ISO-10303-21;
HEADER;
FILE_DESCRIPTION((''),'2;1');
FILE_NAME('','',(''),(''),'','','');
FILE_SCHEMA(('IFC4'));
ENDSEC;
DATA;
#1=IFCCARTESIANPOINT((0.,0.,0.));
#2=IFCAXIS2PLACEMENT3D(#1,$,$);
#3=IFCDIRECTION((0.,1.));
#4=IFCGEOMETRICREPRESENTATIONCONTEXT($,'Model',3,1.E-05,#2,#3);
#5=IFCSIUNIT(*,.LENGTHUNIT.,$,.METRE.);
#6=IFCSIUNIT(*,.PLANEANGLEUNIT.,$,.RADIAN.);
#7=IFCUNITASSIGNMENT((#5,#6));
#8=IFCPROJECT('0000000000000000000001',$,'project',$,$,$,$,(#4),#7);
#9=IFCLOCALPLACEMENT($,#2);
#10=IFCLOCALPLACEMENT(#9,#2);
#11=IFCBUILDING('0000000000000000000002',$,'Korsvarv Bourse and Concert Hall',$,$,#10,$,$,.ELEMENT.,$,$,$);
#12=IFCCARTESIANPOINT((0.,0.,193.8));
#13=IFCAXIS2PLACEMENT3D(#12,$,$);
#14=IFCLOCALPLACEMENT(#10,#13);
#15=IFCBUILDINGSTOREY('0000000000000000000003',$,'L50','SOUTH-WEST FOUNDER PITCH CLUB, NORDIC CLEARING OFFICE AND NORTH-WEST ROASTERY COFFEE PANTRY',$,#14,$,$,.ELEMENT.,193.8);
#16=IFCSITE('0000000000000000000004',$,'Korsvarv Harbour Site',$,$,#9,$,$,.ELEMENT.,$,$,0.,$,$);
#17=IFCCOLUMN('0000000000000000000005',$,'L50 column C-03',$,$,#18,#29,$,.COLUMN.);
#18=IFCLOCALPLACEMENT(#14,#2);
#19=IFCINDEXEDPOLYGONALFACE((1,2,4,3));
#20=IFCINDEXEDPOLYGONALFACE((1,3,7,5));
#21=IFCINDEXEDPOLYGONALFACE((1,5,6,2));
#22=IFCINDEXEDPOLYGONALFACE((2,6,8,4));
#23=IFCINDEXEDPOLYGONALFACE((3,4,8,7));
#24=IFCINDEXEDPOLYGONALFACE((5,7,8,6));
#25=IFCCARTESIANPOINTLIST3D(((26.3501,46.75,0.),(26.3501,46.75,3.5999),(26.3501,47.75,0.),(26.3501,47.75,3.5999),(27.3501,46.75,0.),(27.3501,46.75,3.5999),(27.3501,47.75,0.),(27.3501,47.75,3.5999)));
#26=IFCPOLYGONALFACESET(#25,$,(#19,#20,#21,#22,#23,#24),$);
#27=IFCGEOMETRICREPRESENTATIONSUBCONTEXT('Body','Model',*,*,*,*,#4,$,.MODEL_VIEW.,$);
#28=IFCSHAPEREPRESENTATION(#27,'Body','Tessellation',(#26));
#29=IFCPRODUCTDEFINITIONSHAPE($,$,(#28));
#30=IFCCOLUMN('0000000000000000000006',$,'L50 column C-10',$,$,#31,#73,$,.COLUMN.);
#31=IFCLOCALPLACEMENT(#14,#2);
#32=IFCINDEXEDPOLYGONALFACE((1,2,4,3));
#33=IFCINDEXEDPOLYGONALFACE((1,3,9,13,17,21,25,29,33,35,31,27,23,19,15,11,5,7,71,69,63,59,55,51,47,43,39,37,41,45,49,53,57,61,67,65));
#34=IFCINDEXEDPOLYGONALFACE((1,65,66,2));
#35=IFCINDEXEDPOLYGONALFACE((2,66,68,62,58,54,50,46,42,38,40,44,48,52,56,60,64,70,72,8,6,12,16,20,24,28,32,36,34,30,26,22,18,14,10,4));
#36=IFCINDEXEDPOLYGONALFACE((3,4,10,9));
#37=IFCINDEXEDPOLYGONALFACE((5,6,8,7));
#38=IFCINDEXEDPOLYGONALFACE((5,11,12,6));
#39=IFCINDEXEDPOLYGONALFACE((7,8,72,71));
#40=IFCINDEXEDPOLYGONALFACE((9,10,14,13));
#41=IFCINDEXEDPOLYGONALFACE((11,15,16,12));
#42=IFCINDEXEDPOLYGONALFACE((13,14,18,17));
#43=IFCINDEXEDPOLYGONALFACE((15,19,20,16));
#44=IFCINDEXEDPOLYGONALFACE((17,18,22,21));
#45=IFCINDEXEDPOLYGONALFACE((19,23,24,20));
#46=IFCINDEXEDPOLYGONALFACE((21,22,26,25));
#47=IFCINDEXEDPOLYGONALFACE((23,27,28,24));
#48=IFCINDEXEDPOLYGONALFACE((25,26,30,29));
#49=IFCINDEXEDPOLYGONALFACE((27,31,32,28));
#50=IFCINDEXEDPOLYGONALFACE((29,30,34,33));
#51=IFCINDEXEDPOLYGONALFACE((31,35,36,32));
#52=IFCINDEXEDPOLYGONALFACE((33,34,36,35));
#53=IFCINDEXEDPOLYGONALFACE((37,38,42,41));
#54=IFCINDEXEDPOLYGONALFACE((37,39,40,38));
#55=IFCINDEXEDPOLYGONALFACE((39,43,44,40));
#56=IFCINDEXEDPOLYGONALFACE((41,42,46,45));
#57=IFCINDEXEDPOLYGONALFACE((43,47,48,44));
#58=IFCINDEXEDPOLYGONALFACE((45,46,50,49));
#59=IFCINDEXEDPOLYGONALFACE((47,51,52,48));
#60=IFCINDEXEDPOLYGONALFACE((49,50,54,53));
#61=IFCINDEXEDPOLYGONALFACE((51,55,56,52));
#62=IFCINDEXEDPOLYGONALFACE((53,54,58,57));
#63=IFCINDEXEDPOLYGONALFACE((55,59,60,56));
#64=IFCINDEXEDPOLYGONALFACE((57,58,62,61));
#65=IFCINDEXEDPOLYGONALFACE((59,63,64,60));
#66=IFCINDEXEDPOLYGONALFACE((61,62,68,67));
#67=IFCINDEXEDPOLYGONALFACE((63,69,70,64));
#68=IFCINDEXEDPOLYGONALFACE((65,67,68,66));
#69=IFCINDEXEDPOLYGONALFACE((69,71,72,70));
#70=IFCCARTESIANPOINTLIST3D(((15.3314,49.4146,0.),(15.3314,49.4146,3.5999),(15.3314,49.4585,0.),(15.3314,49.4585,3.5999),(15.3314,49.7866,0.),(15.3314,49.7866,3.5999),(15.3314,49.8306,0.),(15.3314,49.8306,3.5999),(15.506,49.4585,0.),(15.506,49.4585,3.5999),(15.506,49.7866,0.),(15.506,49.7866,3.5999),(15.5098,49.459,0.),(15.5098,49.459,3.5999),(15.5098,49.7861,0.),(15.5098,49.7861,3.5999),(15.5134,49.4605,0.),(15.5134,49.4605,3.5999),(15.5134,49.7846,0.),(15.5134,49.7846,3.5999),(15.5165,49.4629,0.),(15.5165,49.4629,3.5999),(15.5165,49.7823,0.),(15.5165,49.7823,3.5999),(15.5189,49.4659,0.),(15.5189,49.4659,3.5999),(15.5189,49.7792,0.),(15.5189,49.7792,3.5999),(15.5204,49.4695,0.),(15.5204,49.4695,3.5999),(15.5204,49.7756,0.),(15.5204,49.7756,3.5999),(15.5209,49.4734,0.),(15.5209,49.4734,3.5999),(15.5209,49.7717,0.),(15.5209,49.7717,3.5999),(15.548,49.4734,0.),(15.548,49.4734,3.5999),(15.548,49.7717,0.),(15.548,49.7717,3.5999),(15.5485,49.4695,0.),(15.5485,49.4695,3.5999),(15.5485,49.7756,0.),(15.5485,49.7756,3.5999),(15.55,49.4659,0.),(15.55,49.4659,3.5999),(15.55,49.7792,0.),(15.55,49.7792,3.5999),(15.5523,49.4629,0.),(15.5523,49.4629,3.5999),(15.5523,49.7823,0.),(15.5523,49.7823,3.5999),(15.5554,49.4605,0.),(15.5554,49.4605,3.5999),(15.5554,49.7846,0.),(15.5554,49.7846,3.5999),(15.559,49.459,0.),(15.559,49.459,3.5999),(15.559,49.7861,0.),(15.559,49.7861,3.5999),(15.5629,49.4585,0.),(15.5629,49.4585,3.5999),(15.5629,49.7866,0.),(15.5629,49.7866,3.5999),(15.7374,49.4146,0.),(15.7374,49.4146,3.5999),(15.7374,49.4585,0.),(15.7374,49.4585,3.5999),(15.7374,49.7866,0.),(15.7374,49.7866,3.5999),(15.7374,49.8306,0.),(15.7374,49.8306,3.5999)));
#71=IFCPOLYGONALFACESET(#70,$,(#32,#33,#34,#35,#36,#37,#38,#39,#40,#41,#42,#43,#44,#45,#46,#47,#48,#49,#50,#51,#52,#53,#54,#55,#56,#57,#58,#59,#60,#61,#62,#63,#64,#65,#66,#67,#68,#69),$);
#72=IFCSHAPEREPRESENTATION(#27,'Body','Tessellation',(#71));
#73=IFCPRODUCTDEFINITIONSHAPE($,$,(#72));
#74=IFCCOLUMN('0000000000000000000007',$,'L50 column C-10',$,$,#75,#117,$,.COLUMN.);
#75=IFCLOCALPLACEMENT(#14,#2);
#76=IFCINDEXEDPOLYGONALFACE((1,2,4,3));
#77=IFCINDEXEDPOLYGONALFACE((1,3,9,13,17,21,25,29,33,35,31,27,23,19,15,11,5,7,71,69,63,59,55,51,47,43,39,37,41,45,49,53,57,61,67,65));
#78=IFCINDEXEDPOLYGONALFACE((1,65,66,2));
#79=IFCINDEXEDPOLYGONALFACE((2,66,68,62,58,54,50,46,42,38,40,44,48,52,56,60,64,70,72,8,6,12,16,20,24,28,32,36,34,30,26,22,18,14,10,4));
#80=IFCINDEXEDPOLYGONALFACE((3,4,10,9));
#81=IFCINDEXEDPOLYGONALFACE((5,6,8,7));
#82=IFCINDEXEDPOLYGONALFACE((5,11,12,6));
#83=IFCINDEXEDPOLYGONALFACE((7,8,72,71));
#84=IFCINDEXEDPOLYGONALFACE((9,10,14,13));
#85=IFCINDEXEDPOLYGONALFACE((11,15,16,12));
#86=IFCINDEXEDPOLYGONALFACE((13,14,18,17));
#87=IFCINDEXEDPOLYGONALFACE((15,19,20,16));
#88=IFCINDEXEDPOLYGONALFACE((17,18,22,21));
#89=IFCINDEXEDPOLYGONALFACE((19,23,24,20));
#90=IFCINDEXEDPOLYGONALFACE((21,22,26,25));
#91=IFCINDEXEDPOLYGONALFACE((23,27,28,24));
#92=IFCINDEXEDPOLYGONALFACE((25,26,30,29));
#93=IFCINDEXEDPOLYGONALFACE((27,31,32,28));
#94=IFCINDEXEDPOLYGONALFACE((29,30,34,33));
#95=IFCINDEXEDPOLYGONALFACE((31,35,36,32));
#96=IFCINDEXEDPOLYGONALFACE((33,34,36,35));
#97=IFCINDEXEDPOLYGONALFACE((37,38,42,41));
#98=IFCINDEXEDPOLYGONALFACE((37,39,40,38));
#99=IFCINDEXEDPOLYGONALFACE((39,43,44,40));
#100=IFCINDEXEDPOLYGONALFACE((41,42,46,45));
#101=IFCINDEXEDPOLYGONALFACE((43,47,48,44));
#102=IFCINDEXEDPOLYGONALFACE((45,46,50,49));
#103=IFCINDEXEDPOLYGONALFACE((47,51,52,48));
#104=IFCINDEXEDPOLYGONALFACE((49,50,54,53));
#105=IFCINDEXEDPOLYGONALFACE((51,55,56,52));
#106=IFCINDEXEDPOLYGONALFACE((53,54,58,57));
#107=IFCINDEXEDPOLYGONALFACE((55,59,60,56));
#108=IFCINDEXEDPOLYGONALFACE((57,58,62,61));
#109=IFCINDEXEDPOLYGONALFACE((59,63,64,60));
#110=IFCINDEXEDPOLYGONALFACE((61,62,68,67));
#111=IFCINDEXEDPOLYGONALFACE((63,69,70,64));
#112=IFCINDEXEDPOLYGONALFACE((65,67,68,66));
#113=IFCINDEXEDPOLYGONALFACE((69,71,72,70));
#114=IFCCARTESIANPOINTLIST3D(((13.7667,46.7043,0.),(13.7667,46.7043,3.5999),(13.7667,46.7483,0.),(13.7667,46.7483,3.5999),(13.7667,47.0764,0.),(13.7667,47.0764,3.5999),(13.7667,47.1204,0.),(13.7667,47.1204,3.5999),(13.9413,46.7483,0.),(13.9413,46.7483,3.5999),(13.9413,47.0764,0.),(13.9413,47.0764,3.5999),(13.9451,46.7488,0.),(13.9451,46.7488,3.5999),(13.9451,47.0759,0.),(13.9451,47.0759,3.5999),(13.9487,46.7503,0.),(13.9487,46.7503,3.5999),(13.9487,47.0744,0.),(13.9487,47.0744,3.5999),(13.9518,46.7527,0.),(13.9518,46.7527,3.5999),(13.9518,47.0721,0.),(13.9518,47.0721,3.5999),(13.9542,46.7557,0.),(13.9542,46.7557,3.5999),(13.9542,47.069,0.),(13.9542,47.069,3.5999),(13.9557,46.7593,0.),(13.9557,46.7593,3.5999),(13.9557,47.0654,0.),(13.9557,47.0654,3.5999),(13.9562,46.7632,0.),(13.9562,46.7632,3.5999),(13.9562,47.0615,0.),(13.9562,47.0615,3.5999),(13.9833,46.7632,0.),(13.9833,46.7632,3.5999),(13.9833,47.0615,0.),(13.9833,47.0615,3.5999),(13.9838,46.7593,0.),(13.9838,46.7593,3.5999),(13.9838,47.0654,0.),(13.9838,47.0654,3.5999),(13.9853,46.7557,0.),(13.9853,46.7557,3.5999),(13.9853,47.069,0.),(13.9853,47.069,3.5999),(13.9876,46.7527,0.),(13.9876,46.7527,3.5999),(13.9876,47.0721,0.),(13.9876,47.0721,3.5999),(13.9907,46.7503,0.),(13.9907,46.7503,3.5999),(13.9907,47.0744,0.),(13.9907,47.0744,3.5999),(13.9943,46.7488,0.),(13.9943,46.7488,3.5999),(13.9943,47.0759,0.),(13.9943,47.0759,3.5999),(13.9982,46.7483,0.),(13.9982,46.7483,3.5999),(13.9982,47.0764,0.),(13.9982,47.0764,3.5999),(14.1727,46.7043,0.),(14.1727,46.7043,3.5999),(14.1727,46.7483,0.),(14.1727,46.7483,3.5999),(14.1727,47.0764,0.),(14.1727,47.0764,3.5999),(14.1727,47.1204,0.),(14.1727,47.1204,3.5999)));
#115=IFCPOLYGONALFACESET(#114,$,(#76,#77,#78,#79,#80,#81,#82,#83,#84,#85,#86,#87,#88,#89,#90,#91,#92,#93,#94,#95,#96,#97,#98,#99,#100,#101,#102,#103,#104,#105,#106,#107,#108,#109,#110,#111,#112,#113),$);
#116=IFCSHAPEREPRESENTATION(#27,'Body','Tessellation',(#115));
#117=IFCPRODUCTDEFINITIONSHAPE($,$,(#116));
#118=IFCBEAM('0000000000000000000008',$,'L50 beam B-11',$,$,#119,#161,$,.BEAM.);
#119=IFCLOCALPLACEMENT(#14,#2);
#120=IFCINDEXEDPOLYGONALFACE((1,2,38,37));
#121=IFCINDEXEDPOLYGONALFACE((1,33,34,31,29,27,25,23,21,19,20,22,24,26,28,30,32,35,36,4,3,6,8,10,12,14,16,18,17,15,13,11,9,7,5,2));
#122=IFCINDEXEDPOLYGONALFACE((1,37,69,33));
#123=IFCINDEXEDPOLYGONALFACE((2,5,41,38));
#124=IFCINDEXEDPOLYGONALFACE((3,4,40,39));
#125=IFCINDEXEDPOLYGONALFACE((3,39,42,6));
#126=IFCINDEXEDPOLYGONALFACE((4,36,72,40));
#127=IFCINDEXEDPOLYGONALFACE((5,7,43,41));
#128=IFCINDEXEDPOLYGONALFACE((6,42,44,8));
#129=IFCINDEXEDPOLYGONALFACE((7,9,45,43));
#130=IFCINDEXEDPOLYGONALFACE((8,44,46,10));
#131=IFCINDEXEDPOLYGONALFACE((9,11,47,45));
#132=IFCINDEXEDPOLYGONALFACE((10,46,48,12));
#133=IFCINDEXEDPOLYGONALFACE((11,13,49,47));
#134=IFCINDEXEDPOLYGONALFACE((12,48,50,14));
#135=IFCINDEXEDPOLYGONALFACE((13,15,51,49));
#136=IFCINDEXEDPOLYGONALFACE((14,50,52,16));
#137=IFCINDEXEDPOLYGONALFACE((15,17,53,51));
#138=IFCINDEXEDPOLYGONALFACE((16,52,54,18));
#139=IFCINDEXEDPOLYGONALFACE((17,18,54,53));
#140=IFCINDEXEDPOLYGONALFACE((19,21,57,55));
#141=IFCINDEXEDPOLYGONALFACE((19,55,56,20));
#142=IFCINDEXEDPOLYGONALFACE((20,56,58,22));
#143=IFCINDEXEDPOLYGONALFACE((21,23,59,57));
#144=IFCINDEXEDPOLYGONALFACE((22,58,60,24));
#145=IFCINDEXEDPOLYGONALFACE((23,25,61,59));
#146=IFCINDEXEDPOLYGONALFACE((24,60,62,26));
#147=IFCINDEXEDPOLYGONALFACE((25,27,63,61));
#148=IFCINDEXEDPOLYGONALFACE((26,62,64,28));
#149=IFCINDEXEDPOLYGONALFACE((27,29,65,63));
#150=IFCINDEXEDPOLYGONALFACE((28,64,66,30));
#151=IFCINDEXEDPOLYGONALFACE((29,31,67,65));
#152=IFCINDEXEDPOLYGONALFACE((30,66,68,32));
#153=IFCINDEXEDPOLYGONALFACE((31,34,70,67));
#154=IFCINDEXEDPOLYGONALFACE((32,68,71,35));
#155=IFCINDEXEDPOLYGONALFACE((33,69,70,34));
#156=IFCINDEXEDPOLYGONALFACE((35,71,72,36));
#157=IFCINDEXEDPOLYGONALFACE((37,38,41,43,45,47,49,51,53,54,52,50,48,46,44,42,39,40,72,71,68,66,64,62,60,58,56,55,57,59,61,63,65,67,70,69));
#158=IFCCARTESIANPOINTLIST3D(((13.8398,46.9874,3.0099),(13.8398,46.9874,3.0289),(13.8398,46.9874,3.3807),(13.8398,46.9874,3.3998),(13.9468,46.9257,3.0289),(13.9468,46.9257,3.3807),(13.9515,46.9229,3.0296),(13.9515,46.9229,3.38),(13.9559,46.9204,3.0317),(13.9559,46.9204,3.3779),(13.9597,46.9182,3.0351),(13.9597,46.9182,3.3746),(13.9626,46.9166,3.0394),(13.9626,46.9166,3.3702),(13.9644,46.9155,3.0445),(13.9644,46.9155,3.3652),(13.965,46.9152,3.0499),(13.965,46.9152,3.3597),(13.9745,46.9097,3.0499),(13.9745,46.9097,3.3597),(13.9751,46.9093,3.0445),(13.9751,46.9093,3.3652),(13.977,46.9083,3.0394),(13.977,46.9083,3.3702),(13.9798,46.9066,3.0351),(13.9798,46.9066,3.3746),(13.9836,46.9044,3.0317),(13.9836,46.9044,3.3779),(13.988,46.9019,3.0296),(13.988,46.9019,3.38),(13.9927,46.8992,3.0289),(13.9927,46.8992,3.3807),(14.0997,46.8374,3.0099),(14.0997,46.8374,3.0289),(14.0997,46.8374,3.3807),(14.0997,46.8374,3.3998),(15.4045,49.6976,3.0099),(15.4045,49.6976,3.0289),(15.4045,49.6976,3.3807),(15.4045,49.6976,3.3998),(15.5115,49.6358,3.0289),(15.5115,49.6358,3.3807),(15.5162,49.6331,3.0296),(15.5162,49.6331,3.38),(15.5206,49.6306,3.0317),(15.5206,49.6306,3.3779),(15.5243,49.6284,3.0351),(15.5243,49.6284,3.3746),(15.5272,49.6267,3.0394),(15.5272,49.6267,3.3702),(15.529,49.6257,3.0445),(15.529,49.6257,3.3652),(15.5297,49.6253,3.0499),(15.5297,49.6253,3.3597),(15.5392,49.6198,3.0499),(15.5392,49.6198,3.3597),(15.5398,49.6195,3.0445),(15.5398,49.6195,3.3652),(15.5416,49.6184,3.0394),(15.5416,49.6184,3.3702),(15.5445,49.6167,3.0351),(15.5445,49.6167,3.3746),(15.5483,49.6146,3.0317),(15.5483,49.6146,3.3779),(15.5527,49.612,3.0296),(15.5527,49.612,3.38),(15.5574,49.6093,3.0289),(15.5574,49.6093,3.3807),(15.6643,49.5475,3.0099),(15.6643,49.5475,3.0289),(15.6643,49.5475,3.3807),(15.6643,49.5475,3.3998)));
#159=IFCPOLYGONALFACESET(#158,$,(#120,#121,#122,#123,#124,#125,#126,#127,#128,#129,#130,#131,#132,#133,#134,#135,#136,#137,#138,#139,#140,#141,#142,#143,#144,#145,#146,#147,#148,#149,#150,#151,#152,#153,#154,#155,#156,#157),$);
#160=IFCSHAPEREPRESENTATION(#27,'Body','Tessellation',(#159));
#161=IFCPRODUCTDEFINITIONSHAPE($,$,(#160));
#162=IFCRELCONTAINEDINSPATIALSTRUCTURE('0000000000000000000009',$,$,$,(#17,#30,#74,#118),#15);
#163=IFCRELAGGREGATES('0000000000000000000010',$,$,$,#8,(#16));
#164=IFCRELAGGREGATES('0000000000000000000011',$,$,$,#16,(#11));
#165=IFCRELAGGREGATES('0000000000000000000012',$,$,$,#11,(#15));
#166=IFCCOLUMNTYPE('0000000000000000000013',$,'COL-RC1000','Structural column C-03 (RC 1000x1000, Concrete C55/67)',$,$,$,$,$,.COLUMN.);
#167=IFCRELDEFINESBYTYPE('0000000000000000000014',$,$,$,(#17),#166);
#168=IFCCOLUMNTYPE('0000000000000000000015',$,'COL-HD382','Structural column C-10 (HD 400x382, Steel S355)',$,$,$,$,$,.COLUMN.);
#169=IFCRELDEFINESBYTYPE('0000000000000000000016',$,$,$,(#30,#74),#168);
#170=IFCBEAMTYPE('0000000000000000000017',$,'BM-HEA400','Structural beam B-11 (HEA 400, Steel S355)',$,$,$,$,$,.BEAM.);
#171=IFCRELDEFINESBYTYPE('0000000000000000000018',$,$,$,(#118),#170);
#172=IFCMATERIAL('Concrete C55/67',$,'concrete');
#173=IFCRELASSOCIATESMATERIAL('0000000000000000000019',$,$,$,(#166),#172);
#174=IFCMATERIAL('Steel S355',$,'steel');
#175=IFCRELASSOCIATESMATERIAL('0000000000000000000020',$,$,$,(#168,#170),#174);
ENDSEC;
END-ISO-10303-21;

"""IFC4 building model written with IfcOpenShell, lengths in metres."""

from ifc_helpers import new_model, si_unit, direction, frame, origin, origin_2d, place, context, subcontext, project, spatial, rectangle, i_section, extrude, source, transform, mapped, material, material_profile, profile_set, type_object, element, save


model = new_model("IFC4")

# Units and contexts
model_context = context("Model", 3, precision=1e-05, world=origin(), true_north=direction((0.0, 1.0)))
body_context = subcontext(model_context, "Body", "Model", "MODEL_VIEW")
ifc_project = project(units=[si_unit("LENGTHUNIT", "METRE"), si_unit("PLANEANGLEUNIT", "RADIAN")], contexts=[model_context])

# Site, building, storey
site_placement = place(None, origin())
site = spatial("IfcSite", under=ifc_project, at=site_placement, Name="Korsvarv Harbour Site", CompositionType="ELEMENT", RefElevation=0.0)
building_placement = place(site_placement, origin())
building = spatial("IfcBuilding", under=site, at=building_placement, Name="Korsvarv Bourse and Concert Hall", CompositionType="ELEMENT")
storey_placement = place(building_placement, frame((0.0, 0.0, 193.8)))
storey = spatial("IfcBuildingStorey", under=building, at=storey_placement, Name="L50", Description="SOUTH-WEST FOUNDER PITCH CLUB, NORDIC CLEARING OFFICE AND NORTH-WEST ROASTERY COFFEE PANTRY", CompositionType="ELEMENT", Elevation=193.8)

# Columns
ifc_material_1 = material(Name="Concrete C55/67", Category="concrete")
ifc_material_profile_1 = material_profile(ifc_material_1, rectangle(XDim=1.0, YDim=1.0, at=origin_2d()), Name="RC 1000x1000")
ifc_profile_set_1 = profile_set([ifc_material_profile_1], Name="Concrete C55/67")
column_type_1 = type_object("IfcColumnType", Name="COL-RC1000", Description="Structural column C-03 (RC 1000x1000, Concrete C55/67)", PredefinedType="COLUMN", material=ifc_profile_set_1)
shared_shape_1 = source(origin(), body_context, "Body", "SweptSolid", [
    extrude(rectangle(XDim=1.0, YDim=1.0, at=origin_2d()), origin(), (0.0, 0.0, 1.0), 3.5999),
])
column_placement = place(storey_placement, frame((26.8501, 47.25, 0.0), z_axis=(0.0, 0.0, 1.0), x_axis=(1.0, 0.0, 0.0)))
element("IfcColumn", 1, at=column_placement, inside=storey, type_object=column_type_1, Name="L50 column C-03", PredefinedType="COLUMN", context=body_context, shape_type="MappedRepresentation", body=[
    mapped(shared_shape_1, transform((0.0, 0.0, 0.0), scale=1.0)),
])
ifc_material_2 = material(Name="Steel S355", Category="steel")
ifc_material_profile_2 = material_profile(ifc_material_2, i_section(OverallWidth=0.406, OverallDepth=0.416, WebThickness=0.0271, FlangeThickness=0.0439, FilletRadius=0.0149, at=origin_2d()), Name="HD 400x382")
ifc_profile_set_2 = profile_set([ifc_material_profile_2], Name="Steel S355")
column_type_2 = type_object("IfcColumnType", Name="COL-HD382", Description="Structural column C-10 (HD 400x382, Steel S355)", PredefinedType="COLUMN", material=ifc_profile_set_2)
shared_shape_2 = source(origin(), body_context, "Body", "SweptSolid", [
    extrude(i_section(OverallWidth=0.406, OverallDepth=0.416, WebThickness=0.0271, FlangeThickness=0.0439, FilletRadius=0.0149, at=origin_2d()), origin(), (0.0, 0.0, 1.0), 3.5999),
])
for number, where, z_axis, x_axis, name in (
    (2, (15.5344, 49.6226, 0.0), (0.0, 0.0, 1.0), (1.0, 0.0, 0.0), "L50 column C-10"),
    (3, (13.9697, 46.9124, 0.0), (0.0, 0.0, 1.0), (1.0, 0.0, 0.0), "L50 column C-10"),
):
    element("IfcColumn", number, at=place(storey_placement, frame(where, z_axis=z_axis, x_axis=x_axis)), inside=storey, type_object=column_type_2, Name=name, PredefinedType="COLUMN", context=body_context, shape_type="MappedRepresentation", body=[
        mapped(shared_shape_2, transform((0.0, 0.0, 0.0), scale=1.0)),
    ])

# Beam
ifc_material_profile_3 = material_profile(ifc_material_2, i_section(OverallWidth=0.3, OverallDepth=0.3899, WebThickness=0.011, FlangeThickness=0.019, FilletRadius=0.021, at=origin_2d()), Name="HEA 400")
ifc_profile_set_3 = profile_set([ifc_material_profile_3], Name="Steel S355")
beam_type_1 = type_object("IfcBeamType", Name="BM-HEA400", Description="Structural beam B-11 (HEA 400, Steel S355)", PredefinedType="BEAM", material=ifc_profile_set_3)
shared_shape_3 = source(origin(), body_context, "Body", "SweptSolid", [
    extrude(i_section(OverallWidth=0.3, OverallDepth=0.3899, WebThickness=0.011, FlangeThickness=0.019, FilletRadius=0.021, at=origin_2d()), origin(), (0.0, 0.0, 1.0), 3.1294),
])
beam_1_placement = place(storey_placement, frame((15.5344, 49.6226, 3.2048), z_axis=(-0.49999, -0.866031, 0.0), x_axis=(0.866031, -0.49999, 0.0)))
element("IfcBeam", 4, at=beam_1_placement, inside=storey, type_object=beam_type_1, Name="L50 beam B-11", PredefinedType="BEAM", context=body_context, shape_type="MappedRepresentation", body=[
    mapped(shared_shape_3, transform((0.0, 0.0, 0.0), scale=1.0)),
])

save(model, "model.ifc")
